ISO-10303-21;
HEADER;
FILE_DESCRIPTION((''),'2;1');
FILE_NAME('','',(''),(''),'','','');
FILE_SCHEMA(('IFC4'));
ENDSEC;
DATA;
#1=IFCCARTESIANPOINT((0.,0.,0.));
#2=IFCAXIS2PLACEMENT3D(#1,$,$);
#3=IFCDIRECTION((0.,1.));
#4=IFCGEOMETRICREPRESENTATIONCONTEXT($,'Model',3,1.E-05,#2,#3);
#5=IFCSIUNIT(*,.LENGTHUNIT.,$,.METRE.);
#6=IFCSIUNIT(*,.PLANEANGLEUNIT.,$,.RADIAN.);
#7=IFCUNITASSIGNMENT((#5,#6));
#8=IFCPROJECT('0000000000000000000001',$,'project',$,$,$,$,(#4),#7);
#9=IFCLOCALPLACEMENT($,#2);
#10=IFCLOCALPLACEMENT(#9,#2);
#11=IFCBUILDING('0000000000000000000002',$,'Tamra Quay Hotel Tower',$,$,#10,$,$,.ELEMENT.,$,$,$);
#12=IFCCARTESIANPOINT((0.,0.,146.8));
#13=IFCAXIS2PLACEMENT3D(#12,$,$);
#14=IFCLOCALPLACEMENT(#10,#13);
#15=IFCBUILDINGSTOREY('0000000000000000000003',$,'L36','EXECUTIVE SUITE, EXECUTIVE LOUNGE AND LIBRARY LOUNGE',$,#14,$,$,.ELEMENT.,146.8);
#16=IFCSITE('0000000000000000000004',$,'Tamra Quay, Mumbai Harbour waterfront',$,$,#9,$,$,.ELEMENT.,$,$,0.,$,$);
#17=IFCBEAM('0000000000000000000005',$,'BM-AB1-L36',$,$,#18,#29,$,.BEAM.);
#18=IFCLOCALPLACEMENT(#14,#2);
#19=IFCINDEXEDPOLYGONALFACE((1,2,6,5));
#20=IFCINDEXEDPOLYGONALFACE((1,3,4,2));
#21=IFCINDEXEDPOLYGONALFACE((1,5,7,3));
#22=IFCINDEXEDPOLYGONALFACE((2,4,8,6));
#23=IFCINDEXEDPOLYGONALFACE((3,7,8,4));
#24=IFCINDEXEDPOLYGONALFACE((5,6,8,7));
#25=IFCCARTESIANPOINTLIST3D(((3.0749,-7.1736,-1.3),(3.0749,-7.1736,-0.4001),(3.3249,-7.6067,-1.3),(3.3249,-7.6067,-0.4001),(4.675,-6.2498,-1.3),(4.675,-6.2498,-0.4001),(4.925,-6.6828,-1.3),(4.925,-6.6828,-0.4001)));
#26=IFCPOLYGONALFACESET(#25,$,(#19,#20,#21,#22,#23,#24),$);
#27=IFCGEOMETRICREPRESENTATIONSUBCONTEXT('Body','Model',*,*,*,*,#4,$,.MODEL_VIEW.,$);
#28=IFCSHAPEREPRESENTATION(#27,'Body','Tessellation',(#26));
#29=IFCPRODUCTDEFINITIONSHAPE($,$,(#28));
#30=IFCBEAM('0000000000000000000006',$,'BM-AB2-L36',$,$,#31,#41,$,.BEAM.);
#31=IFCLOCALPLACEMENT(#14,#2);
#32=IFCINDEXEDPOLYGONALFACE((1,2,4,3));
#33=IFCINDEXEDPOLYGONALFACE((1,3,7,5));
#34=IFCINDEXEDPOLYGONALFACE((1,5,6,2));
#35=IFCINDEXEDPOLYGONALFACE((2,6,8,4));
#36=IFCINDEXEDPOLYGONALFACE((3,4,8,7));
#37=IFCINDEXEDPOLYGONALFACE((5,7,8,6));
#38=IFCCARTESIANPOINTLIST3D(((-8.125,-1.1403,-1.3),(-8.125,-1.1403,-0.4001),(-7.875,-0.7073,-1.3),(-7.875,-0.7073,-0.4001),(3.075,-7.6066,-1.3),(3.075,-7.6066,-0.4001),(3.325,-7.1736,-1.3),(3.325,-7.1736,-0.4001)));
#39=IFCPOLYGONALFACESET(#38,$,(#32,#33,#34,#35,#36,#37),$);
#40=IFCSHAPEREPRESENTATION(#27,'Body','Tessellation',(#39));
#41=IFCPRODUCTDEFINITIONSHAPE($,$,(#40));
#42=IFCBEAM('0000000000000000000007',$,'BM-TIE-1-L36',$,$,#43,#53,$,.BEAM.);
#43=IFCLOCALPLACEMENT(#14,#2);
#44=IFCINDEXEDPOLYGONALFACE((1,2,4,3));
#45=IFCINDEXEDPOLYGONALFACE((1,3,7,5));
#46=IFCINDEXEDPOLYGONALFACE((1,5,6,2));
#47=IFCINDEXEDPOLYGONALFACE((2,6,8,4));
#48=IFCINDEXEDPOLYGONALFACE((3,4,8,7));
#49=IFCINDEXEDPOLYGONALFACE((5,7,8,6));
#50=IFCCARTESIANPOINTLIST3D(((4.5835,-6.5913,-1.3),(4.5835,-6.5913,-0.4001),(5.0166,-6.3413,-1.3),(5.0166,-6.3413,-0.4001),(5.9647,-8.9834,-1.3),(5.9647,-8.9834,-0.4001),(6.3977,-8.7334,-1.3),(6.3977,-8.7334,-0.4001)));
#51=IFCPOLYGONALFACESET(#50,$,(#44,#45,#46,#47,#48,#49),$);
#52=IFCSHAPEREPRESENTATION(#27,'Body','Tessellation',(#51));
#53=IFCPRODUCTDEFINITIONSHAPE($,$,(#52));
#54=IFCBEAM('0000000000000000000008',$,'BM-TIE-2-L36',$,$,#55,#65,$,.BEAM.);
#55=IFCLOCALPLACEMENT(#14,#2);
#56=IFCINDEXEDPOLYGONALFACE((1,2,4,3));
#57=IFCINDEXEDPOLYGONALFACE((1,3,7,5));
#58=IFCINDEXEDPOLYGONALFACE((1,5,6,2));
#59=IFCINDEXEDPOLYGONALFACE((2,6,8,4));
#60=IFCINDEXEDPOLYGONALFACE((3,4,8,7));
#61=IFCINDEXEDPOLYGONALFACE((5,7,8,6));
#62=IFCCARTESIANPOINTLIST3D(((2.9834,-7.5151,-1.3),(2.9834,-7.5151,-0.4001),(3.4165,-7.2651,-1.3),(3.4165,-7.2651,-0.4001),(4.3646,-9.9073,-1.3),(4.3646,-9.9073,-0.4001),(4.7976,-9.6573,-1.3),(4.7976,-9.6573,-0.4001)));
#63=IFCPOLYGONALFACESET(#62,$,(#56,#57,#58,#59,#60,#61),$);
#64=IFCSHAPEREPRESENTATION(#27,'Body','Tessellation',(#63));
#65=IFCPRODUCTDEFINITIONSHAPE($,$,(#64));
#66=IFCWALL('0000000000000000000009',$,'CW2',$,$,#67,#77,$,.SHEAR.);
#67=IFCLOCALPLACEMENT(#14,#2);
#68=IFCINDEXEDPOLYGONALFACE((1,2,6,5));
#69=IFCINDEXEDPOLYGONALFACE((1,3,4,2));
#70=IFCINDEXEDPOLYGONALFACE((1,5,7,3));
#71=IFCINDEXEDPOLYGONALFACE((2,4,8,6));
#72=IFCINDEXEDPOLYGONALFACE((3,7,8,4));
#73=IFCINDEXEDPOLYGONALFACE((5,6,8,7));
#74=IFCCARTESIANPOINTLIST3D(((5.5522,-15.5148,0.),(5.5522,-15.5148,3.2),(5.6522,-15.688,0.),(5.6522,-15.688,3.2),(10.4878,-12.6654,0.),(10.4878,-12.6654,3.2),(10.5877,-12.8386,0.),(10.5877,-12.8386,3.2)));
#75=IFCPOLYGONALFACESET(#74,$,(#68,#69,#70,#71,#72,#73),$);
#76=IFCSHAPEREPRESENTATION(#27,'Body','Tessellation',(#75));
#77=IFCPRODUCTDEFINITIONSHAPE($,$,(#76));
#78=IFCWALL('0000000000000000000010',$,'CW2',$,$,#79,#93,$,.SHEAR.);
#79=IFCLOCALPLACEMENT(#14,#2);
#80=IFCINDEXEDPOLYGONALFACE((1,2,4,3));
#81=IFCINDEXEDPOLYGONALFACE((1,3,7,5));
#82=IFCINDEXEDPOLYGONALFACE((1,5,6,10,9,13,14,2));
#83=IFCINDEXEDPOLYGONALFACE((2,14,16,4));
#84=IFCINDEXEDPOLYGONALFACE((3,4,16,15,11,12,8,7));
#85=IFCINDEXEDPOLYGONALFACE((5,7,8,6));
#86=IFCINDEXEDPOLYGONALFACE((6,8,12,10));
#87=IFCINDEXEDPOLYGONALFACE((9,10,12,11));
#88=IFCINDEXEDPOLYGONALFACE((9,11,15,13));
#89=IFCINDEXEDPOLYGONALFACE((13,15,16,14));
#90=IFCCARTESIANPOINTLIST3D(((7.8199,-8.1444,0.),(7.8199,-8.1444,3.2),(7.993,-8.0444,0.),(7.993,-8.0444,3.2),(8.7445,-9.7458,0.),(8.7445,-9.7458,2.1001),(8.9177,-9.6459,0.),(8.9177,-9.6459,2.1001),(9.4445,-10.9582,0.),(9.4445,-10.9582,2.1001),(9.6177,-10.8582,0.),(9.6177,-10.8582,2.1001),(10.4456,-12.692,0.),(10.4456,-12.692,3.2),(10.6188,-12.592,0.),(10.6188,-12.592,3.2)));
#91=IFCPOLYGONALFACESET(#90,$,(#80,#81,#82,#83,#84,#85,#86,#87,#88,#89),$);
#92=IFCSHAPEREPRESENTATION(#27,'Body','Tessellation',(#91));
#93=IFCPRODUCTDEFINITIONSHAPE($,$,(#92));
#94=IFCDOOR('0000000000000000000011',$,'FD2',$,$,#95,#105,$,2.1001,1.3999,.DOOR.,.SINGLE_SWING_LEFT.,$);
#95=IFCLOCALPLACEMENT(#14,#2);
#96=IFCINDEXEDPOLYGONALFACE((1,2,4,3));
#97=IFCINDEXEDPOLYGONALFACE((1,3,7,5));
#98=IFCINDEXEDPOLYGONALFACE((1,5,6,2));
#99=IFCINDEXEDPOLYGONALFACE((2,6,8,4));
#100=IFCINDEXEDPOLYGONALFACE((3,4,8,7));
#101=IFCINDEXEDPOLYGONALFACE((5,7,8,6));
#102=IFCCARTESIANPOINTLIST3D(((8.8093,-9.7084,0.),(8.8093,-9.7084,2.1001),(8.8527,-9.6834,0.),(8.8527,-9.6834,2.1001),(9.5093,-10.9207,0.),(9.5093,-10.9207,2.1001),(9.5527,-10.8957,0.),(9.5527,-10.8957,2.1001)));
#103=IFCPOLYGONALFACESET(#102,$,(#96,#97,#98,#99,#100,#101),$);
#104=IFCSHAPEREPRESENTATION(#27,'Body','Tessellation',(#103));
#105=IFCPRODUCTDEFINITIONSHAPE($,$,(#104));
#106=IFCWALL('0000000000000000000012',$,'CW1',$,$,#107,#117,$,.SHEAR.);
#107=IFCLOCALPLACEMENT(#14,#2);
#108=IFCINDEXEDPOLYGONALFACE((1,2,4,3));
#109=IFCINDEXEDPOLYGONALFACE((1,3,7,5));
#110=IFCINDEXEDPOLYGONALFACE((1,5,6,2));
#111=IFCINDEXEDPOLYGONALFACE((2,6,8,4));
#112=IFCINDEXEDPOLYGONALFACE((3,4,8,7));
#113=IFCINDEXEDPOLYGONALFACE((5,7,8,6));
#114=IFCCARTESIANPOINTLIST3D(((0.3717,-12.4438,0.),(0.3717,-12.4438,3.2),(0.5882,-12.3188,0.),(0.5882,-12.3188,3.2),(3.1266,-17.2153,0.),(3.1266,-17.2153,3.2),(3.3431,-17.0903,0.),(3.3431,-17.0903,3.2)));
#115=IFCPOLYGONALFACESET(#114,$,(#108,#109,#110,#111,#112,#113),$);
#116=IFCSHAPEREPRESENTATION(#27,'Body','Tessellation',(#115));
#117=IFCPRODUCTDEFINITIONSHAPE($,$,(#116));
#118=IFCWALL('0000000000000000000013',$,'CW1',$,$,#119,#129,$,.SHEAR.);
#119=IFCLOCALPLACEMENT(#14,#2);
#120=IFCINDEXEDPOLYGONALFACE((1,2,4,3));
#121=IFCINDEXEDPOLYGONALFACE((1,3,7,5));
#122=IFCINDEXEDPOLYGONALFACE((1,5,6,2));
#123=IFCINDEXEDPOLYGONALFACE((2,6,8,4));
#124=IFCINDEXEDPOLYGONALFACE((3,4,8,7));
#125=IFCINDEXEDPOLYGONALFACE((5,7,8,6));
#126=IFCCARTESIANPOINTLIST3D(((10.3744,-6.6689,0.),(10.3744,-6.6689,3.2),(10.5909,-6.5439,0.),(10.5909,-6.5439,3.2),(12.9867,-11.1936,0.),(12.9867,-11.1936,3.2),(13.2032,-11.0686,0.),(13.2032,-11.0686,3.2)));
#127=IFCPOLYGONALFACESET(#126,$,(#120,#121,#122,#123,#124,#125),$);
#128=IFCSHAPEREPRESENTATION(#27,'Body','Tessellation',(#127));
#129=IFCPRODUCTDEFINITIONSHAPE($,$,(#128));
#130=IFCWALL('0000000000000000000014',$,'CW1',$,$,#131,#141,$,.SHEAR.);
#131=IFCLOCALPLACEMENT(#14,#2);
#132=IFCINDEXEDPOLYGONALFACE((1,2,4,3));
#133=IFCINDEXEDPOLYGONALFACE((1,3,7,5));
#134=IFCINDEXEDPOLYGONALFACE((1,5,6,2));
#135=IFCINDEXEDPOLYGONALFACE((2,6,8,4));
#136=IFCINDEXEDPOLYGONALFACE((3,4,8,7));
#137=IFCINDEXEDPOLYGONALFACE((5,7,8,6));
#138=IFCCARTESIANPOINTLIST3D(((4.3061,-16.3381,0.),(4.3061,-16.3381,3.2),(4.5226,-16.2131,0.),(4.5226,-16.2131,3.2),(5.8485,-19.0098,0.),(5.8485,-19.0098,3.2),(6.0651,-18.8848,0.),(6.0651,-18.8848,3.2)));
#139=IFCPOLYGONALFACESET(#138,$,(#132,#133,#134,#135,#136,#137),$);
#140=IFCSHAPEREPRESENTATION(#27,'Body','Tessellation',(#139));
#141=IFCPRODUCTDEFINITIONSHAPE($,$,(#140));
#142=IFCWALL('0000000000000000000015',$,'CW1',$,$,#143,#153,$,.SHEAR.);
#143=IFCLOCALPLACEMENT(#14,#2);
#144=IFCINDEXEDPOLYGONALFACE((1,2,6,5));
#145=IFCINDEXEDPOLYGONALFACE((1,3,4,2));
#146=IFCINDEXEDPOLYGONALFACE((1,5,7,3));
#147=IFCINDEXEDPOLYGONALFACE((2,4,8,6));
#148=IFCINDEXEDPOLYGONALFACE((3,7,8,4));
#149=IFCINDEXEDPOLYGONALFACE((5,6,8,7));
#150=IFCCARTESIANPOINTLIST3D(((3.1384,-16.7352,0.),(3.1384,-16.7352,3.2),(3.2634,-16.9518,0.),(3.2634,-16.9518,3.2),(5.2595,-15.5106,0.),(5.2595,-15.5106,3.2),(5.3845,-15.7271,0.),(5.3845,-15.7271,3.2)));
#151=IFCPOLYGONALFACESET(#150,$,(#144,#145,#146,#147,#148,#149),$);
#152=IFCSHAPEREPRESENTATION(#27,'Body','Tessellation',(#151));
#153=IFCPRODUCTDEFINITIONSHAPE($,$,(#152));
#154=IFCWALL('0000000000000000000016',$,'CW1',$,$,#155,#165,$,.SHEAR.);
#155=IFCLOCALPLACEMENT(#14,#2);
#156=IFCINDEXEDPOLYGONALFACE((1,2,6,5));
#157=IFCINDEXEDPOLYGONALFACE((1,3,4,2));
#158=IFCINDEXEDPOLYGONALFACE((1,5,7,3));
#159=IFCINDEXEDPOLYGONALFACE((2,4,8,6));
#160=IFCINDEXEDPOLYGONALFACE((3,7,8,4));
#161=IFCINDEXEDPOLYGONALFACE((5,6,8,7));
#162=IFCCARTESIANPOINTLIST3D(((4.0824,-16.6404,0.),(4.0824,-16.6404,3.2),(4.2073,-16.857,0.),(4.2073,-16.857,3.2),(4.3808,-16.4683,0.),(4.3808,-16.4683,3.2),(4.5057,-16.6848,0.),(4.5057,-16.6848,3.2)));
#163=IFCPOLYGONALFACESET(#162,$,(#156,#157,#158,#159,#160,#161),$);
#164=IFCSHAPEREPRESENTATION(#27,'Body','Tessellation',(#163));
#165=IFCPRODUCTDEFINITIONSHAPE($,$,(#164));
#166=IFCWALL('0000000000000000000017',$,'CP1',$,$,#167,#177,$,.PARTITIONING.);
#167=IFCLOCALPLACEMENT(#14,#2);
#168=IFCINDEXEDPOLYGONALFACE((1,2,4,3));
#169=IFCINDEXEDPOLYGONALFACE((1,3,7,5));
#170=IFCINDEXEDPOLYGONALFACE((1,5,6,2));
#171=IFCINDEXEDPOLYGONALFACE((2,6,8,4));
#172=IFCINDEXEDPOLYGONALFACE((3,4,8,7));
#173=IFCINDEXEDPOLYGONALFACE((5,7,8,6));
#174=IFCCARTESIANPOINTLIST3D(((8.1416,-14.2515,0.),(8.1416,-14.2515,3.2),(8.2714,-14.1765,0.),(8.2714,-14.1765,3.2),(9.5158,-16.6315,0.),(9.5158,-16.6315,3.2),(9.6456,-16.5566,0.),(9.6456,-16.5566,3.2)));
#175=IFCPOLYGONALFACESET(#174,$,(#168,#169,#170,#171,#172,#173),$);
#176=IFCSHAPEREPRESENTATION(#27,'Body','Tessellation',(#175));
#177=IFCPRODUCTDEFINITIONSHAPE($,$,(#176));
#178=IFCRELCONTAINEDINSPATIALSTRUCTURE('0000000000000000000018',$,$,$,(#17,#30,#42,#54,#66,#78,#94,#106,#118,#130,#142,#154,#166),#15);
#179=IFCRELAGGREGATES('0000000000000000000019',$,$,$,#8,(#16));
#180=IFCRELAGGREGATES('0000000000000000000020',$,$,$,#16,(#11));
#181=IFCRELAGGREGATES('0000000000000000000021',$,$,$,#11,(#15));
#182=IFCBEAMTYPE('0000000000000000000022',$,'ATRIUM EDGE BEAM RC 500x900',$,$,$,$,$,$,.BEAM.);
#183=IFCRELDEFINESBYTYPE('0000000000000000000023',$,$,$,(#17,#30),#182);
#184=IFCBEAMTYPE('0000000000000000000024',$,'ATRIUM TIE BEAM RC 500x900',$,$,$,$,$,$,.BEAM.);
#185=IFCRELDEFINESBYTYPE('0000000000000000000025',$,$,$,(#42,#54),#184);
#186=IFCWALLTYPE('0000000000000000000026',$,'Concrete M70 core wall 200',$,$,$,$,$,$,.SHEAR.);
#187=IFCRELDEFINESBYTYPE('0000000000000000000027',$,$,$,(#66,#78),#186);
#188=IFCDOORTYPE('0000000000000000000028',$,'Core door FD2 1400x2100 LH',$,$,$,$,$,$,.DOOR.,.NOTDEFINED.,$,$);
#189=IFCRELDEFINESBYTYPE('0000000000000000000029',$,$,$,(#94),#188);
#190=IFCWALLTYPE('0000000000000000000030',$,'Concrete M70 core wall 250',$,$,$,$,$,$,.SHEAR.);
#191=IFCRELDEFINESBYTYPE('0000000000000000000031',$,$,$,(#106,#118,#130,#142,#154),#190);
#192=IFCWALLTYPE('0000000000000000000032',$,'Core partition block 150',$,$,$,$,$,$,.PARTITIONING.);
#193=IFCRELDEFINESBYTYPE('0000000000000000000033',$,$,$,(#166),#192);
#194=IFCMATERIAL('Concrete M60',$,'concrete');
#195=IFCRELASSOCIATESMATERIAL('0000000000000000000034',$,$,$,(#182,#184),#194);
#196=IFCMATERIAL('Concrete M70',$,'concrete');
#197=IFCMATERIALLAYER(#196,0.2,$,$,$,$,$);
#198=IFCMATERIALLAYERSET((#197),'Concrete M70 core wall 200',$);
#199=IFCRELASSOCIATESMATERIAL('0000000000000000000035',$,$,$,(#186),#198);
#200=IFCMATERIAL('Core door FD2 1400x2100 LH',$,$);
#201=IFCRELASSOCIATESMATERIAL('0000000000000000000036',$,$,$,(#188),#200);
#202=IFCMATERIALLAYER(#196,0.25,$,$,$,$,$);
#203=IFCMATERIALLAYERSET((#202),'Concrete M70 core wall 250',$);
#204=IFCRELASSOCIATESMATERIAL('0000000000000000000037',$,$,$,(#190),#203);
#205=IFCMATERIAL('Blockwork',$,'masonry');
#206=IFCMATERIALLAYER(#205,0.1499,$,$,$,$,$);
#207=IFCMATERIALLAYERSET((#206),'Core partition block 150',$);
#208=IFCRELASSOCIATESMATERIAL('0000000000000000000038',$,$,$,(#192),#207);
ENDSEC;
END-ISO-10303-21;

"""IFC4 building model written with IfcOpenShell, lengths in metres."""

from ifc_helpers import new_model, si_unit, direction, frame, frame_2d, origin, origin_2d, place, context, subcontext, project, spatial, rectangle, extrude, material, layer, layer_set, material_profile, profile_set, type_object, element, fill, save


model = new_model("IFC4")

# Units and contexts
model_context = context("Model", 3, precision=1e-05, world=origin(), true_north=direction((0.0, 1.0)))
body_context = subcontext(model_context, "Body", "Model", "MODEL_VIEW")
ifc_project = project(units=[si_unit("LENGTHUNIT", "METRE"), si_unit("PLANEANGLEUNIT", "RADIAN")], contexts=[model_context])

# Site, building, storey
site_placement = place(None, origin())
site = spatial("IfcSite", under=ifc_project, at=site_placement, Name="Tamra Quay, Mumbai Harbour waterfront", CompositionType="ELEMENT", RefElevation=0.0)
building_placement = place(site_placement, origin())
building = spatial("IfcBuilding", under=site, at=building_placement, Name="Tamra Quay Hotel Tower", CompositionType="ELEMENT")
storey_placement = place(building_placement, frame((0.0, 0.0, 146.8)))
storey = spatial("IfcBuildingStorey", under=building, at=storey_placement, Name="L36", Description="EXECUTIVE SUITE, EXECUTIVE LOUNGE AND LIBRARY LOUNGE", CompositionType="ELEMENT", Elevation=146.8)

# Beams
ifc_material_1 = material(Name="Concrete M60", Category="concrete")
ifc_material_profile_1 = material_profile(ifc_material_1, rectangle(XDim=0.5, YDim=0.8999, at=origin_2d()), Name="ATRIUM EDGE BEAM RC 500x900")
ifc_profile_set_1 = profile_set([ifc_material_profile_1], Name="Concrete M60")
beam_type_1 = type_object("IfcBeamType", Name="ATRIUM EDGE BEAM RC 500x900", PredefinedType="BEAM", material=ifc_profile_set_1)
beam_1_placement = place(storey_placement, frame((4.8, -6.4663, -0.8501), z_axis=(-0.866023, -0.500005, 0.0), x_axis=(0.500005, -0.866023, 0.0)))
element("IfcBeam", 1, at=beam_1_placement, inside=storey, type_object=beam_type_1, Name="BM-AB1-L36", PredefinedType="BEAM", context=body_context, shape_type="SweptSolid", body=[
    extrude(rectangle(XDim=0.5, YDim=0.8999, at=origin_2d()), origin(), (0.0, 0.0, 1.0), 1.8477),
])
beam_2_placement = place(storey_placement, frame((3.2, -7.3901, -0.8501), z_axis=(-0.866025, 0.500001, 0.0), x_axis=(-0.500001, -0.866025, 0.0)))
element("IfcBeam", 2, at=beam_2_placement, inside=storey, type_object=beam_type_1, Name="BM-AB2-L36", PredefinedType="BEAM", context=body_context, shape_type="SweptSolid", body=[
    extrude(rectangle(XDim=0.5, YDim=0.8999, at=origin_2d()), origin(), (0.0, 0.0, 1.0), 12.9326),
])
ifc_material_profile_2 = material_profile(ifc_material_1, rectangle(XDim=0.5, YDim=0.8999, at=origin_2d()), Name="ATRIUM TIE BEAM RC 500x900")
ifc_profile_set_2 = profile_set([ifc_material_profile_2], Name="Concrete M60")
beam_type_2 = type_object("IfcBeamType", Name="ATRIUM TIE BEAM RC 500x900", PredefinedType="BEAM", material=ifc_profile_set_2)
for number, where, z_axis, x_axis, name in (
    (3, (4.8, -6.4663, -0.8501), (0.500008, -0.866021, 0.0), (0.866021, 0.500008, 0.0), "BM-TIE-1-L36"),
    (4, (3.2, -7.3901, -0.8501), (0.500008, -0.866021, 0.0), (0.866021, 0.500008, 0.0), "BM-TIE-2-L36"),
):
    element("IfcBeam", number, at=place(storey_placement, frame(where, z_axis=z_axis, x_axis=x_axis)), inside=storey, type_object=beam_type_2, Name=name, PredefinedType="BEAM", context=body_context, shape_type="SweptSolid", body=[
        extrude(rectangle(XDim=0.5, YDim=0.8999, at=origin_2d()), origin(), (0.0, 0.0, 1.0), 2.7622),
    ])

# Wall
ifc_material_2 = material(Name="Concrete M70", Category="concrete")
ifc_layer_1 = layer(ifc_material_2, 0.2)
ifc_layer_set_1 = layer_set([ifc_layer_1], Name="Concrete M70 core wall 200")
wall_type_1 = type_object("IfcWallType", Name="Concrete M70 core wall 200", PredefinedType="SHEAR", material=ifc_layer_set_1)
wall_1_placement = place(storey_placement, frame((10.5378, -12.752, 0.0), z_axis=(0.0, 0.0, 1.0), x_axis=(-0.866039, -0.499977, 0.0)))
element("IfcWall", 5, at=wall_1_placement, inside=storey, type_object=wall_type_1, Name="CW2", PredefinedType="SHEAR", context=body_context, shape_type="SweptSolid", body=[
    extrude(rectangle(XDim=5.699, YDim=0.2, at=frame_2d((2.8496, 0.0))), origin(), (0.0, 0.0, 1.0), 3.2),
])

# Wall, opening, door
wall_2_placement = place(storey_placement, frame((7.9065, -8.0945, 0.0), z_axis=(0.0, 0.0, 1.0), x_axis=(0.500024, -0.866011, 0.0)))
wall_2 = element("IfcWall", 6, at=wall_2_placement, inside=storey, type_object=wall_type_1, Name="CW2", PredefinedType="SHEAR", context=body_context, shape_type="SweptSolid", body=[
    extrude(rectangle(XDim=5.2512, YDim=0.2, at=frame_2d((2.6255, 0.0))), origin(), (0.0, 0.0, 1.0), 3.2),
])
opening_1_placement = place(wall_2_placement, frame((1.8491, 0.0, 0.0)))
opening_1 = element("IfcOpeningElement", 7, at=opening_1_placement, cuts=wall_2, PredefinedType="OPENING", context=body_context, shape_type="SweptSolid", body=[
    extrude(rectangle(XDim=1.3999, YDim=2.1001, at=frame_2d((0.7, 1.05))), frame((0.0, 0.1099, 0.0), z_axis=(0.0, -1.0, 0.0), x_axis=(1.0, 0.0, 0.0)), (0.0, 0.0, 1.0), 0.22),
])
ifc_material_3 = material(Name="Core door FD2 1400x2100 LH")
door_type_1 = type_object("IfcDoorType", Name="Core door FD2 1400x2100 LH", OperationType="NOTDEFINED", PredefinedType="DOOR", material=ifc_material_3)
door_1_placement = place(opening_1_placement, origin())
door_1 = element("IfcDoor", 8, at=door_1_placement, inside=storey, type_object=door_type_1, Name="FD2", OperationType="SINGLE_SWING_LEFT", OverallHeight=2.1001, OverallWidth=1.3999, PredefinedType="DOOR", context=body_context, shape_type="SweptSolid", body=[
    extrude(rectangle(XDim=1.3999, YDim=2.1001, at=frame_2d((0.7, 1.05))), frame((0.0, 0.0249, 0.0), z_axis=(0.0, -1.0, 0.0), x_axis=(1.0, 0.0, 0.0)), (0.0, 0.0, 1.0), 0.05),
])
fill(opening_1, door_1)

# Walls
ifc_layer_2 = layer(ifc_material_2, 0.25)
ifc_layer_set_2 = layer_set([ifc_layer_2], Name="Concrete M70 core wall 250")
wall_type_2 = type_object("IfcWallType", Name="Concrete M70 core wall 250", PredefinedType="SHEAR", material=ifc_layer_set_2)
wall_3_placement = place(storey_placement, frame((3.2349, -17.1528, 0.0), z_axis=(0.0, 0.0, 1.0), x_axis=(-0.500009, 0.86602, 0.0)))
element("IfcWall", 9, at=wall_3_placement, inside=storey, type_object=wall_type_2, Name="CW1", PredefinedType="SHEAR", context=body_context, shape_type="SweptSolid", body=[
    extrude(rectangle(XDim=5.5098, YDim=0.25, at=frame_2d((2.7549, 0.0))), origin(), (0.0, 0.0, 1.0), 3.2),
])
wall_4_placement = place(storey_placement, frame((10.4827, -6.6064, 0.0), z_axis=(0.0, 0.0, 1.0), x_axis=(0.499999, -0.866026, 0.0)))
element("IfcWall", 10, at=wall_4_placement, inside=storey, type_object=wall_type_2, Name="CW1", PredefinedType="SHEAR", context=body_context, shape_type="SweptSolid", body=[
    extrude(rectangle(XDim=5.2246, YDim=0.25, at=frame_2d((2.6123, 0.0))), origin(), (0.0, 0.0, 1.0), 3.2),
])
wall_5_placement = place(storey_placement, frame((4.4143, -16.2756, 0.0), z_axis=(0.0, 0.0, 1.0), x_axis=(0.500003, -0.866023, 0.0)))
element("IfcWall", 11, at=wall_5_placement, inside=storey, type_object=wall_type_2, Name="CW1", PredefinedType="SHEAR", context=body_context, shape_type="SweptSolid", body=[
    extrude(rectangle(XDim=3.085, YDim=0.25, at=frame_2d((1.5425, 0.0))), origin(), (0.0, 0.0, 1.0), 3.2),
])
wall_6_placement = place(storey_placement, frame((5.322, -15.6189, 0.0), z_axis=(0.0, 0.0, 1.0), x_axis=(-0.866026, -0.499999, 0.0)))
element("IfcWall", 12, at=wall_6_placement, inside=storey, type_object=wall_type_2, Name="CW1", PredefinedType="SHEAR", context=body_context, shape_type="SweptSolid", body=[
    extrude(rectangle(XDim=2.4492, YDim=0.25, at=frame_2d((1.2246, 0.0))), origin(), (0.0, 0.0, 1.0), 3.2),
])
wall_7_placement = place(storey_placement, frame((4.1448, -16.7488, 0.0), z_axis=(0.0, 0.0, 1.0), x_axis=(0.866186, 0.499722, 0.0)))
element("IfcWall", 13, at=wall_7_placement, inside=storey, type_object=wall_type_2, Name="CW1", PredefinedType="SHEAR", context=body_context, shape_type="SweptSolid", body=[
    extrude(rectangle(XDim=0.3445, YDim=0.25, at=frame_2d((0.1724, 0.0))), origin(), (0.0, 0.0, 1.0), 3.2),
])
ifc_material_4 = material(Name="Blockwork", Category="masonry")
ifc_layer_3 = layer(ifc_material_4, 0.1499)
ifc_layer_set_3 = layer_set([ifc_layer_3], Name="Core partition block 150")
wall_type_3 = type_object("IfcWallType", Name="Core partition block 150", PredefinedType="PARTITIONING", material=ifc_layer_set_3)
wall_8_placement = place(storey_placement, frame((8.2065, -14.2141, 0.0), z_axis=(0.0, 0.0, 1.0), x_axis=(0.500027, -0.86601, 0.0)))
element("IfcWall", 14, at=wall_8_placement, inside=storey, type_object=wall_type_3, Name="CP1", PredefinedType="PARTITIONING", context=body_context, shape_type="SweptSolid", body=[
    extrude(rectangle(XDim=2.7483, YDim=0.1499, at=frame_2d((1.374, 0.0))), origin(), (0.0, 0.0, 1.0), 3.2),
])

save(model, "model.ifc")
